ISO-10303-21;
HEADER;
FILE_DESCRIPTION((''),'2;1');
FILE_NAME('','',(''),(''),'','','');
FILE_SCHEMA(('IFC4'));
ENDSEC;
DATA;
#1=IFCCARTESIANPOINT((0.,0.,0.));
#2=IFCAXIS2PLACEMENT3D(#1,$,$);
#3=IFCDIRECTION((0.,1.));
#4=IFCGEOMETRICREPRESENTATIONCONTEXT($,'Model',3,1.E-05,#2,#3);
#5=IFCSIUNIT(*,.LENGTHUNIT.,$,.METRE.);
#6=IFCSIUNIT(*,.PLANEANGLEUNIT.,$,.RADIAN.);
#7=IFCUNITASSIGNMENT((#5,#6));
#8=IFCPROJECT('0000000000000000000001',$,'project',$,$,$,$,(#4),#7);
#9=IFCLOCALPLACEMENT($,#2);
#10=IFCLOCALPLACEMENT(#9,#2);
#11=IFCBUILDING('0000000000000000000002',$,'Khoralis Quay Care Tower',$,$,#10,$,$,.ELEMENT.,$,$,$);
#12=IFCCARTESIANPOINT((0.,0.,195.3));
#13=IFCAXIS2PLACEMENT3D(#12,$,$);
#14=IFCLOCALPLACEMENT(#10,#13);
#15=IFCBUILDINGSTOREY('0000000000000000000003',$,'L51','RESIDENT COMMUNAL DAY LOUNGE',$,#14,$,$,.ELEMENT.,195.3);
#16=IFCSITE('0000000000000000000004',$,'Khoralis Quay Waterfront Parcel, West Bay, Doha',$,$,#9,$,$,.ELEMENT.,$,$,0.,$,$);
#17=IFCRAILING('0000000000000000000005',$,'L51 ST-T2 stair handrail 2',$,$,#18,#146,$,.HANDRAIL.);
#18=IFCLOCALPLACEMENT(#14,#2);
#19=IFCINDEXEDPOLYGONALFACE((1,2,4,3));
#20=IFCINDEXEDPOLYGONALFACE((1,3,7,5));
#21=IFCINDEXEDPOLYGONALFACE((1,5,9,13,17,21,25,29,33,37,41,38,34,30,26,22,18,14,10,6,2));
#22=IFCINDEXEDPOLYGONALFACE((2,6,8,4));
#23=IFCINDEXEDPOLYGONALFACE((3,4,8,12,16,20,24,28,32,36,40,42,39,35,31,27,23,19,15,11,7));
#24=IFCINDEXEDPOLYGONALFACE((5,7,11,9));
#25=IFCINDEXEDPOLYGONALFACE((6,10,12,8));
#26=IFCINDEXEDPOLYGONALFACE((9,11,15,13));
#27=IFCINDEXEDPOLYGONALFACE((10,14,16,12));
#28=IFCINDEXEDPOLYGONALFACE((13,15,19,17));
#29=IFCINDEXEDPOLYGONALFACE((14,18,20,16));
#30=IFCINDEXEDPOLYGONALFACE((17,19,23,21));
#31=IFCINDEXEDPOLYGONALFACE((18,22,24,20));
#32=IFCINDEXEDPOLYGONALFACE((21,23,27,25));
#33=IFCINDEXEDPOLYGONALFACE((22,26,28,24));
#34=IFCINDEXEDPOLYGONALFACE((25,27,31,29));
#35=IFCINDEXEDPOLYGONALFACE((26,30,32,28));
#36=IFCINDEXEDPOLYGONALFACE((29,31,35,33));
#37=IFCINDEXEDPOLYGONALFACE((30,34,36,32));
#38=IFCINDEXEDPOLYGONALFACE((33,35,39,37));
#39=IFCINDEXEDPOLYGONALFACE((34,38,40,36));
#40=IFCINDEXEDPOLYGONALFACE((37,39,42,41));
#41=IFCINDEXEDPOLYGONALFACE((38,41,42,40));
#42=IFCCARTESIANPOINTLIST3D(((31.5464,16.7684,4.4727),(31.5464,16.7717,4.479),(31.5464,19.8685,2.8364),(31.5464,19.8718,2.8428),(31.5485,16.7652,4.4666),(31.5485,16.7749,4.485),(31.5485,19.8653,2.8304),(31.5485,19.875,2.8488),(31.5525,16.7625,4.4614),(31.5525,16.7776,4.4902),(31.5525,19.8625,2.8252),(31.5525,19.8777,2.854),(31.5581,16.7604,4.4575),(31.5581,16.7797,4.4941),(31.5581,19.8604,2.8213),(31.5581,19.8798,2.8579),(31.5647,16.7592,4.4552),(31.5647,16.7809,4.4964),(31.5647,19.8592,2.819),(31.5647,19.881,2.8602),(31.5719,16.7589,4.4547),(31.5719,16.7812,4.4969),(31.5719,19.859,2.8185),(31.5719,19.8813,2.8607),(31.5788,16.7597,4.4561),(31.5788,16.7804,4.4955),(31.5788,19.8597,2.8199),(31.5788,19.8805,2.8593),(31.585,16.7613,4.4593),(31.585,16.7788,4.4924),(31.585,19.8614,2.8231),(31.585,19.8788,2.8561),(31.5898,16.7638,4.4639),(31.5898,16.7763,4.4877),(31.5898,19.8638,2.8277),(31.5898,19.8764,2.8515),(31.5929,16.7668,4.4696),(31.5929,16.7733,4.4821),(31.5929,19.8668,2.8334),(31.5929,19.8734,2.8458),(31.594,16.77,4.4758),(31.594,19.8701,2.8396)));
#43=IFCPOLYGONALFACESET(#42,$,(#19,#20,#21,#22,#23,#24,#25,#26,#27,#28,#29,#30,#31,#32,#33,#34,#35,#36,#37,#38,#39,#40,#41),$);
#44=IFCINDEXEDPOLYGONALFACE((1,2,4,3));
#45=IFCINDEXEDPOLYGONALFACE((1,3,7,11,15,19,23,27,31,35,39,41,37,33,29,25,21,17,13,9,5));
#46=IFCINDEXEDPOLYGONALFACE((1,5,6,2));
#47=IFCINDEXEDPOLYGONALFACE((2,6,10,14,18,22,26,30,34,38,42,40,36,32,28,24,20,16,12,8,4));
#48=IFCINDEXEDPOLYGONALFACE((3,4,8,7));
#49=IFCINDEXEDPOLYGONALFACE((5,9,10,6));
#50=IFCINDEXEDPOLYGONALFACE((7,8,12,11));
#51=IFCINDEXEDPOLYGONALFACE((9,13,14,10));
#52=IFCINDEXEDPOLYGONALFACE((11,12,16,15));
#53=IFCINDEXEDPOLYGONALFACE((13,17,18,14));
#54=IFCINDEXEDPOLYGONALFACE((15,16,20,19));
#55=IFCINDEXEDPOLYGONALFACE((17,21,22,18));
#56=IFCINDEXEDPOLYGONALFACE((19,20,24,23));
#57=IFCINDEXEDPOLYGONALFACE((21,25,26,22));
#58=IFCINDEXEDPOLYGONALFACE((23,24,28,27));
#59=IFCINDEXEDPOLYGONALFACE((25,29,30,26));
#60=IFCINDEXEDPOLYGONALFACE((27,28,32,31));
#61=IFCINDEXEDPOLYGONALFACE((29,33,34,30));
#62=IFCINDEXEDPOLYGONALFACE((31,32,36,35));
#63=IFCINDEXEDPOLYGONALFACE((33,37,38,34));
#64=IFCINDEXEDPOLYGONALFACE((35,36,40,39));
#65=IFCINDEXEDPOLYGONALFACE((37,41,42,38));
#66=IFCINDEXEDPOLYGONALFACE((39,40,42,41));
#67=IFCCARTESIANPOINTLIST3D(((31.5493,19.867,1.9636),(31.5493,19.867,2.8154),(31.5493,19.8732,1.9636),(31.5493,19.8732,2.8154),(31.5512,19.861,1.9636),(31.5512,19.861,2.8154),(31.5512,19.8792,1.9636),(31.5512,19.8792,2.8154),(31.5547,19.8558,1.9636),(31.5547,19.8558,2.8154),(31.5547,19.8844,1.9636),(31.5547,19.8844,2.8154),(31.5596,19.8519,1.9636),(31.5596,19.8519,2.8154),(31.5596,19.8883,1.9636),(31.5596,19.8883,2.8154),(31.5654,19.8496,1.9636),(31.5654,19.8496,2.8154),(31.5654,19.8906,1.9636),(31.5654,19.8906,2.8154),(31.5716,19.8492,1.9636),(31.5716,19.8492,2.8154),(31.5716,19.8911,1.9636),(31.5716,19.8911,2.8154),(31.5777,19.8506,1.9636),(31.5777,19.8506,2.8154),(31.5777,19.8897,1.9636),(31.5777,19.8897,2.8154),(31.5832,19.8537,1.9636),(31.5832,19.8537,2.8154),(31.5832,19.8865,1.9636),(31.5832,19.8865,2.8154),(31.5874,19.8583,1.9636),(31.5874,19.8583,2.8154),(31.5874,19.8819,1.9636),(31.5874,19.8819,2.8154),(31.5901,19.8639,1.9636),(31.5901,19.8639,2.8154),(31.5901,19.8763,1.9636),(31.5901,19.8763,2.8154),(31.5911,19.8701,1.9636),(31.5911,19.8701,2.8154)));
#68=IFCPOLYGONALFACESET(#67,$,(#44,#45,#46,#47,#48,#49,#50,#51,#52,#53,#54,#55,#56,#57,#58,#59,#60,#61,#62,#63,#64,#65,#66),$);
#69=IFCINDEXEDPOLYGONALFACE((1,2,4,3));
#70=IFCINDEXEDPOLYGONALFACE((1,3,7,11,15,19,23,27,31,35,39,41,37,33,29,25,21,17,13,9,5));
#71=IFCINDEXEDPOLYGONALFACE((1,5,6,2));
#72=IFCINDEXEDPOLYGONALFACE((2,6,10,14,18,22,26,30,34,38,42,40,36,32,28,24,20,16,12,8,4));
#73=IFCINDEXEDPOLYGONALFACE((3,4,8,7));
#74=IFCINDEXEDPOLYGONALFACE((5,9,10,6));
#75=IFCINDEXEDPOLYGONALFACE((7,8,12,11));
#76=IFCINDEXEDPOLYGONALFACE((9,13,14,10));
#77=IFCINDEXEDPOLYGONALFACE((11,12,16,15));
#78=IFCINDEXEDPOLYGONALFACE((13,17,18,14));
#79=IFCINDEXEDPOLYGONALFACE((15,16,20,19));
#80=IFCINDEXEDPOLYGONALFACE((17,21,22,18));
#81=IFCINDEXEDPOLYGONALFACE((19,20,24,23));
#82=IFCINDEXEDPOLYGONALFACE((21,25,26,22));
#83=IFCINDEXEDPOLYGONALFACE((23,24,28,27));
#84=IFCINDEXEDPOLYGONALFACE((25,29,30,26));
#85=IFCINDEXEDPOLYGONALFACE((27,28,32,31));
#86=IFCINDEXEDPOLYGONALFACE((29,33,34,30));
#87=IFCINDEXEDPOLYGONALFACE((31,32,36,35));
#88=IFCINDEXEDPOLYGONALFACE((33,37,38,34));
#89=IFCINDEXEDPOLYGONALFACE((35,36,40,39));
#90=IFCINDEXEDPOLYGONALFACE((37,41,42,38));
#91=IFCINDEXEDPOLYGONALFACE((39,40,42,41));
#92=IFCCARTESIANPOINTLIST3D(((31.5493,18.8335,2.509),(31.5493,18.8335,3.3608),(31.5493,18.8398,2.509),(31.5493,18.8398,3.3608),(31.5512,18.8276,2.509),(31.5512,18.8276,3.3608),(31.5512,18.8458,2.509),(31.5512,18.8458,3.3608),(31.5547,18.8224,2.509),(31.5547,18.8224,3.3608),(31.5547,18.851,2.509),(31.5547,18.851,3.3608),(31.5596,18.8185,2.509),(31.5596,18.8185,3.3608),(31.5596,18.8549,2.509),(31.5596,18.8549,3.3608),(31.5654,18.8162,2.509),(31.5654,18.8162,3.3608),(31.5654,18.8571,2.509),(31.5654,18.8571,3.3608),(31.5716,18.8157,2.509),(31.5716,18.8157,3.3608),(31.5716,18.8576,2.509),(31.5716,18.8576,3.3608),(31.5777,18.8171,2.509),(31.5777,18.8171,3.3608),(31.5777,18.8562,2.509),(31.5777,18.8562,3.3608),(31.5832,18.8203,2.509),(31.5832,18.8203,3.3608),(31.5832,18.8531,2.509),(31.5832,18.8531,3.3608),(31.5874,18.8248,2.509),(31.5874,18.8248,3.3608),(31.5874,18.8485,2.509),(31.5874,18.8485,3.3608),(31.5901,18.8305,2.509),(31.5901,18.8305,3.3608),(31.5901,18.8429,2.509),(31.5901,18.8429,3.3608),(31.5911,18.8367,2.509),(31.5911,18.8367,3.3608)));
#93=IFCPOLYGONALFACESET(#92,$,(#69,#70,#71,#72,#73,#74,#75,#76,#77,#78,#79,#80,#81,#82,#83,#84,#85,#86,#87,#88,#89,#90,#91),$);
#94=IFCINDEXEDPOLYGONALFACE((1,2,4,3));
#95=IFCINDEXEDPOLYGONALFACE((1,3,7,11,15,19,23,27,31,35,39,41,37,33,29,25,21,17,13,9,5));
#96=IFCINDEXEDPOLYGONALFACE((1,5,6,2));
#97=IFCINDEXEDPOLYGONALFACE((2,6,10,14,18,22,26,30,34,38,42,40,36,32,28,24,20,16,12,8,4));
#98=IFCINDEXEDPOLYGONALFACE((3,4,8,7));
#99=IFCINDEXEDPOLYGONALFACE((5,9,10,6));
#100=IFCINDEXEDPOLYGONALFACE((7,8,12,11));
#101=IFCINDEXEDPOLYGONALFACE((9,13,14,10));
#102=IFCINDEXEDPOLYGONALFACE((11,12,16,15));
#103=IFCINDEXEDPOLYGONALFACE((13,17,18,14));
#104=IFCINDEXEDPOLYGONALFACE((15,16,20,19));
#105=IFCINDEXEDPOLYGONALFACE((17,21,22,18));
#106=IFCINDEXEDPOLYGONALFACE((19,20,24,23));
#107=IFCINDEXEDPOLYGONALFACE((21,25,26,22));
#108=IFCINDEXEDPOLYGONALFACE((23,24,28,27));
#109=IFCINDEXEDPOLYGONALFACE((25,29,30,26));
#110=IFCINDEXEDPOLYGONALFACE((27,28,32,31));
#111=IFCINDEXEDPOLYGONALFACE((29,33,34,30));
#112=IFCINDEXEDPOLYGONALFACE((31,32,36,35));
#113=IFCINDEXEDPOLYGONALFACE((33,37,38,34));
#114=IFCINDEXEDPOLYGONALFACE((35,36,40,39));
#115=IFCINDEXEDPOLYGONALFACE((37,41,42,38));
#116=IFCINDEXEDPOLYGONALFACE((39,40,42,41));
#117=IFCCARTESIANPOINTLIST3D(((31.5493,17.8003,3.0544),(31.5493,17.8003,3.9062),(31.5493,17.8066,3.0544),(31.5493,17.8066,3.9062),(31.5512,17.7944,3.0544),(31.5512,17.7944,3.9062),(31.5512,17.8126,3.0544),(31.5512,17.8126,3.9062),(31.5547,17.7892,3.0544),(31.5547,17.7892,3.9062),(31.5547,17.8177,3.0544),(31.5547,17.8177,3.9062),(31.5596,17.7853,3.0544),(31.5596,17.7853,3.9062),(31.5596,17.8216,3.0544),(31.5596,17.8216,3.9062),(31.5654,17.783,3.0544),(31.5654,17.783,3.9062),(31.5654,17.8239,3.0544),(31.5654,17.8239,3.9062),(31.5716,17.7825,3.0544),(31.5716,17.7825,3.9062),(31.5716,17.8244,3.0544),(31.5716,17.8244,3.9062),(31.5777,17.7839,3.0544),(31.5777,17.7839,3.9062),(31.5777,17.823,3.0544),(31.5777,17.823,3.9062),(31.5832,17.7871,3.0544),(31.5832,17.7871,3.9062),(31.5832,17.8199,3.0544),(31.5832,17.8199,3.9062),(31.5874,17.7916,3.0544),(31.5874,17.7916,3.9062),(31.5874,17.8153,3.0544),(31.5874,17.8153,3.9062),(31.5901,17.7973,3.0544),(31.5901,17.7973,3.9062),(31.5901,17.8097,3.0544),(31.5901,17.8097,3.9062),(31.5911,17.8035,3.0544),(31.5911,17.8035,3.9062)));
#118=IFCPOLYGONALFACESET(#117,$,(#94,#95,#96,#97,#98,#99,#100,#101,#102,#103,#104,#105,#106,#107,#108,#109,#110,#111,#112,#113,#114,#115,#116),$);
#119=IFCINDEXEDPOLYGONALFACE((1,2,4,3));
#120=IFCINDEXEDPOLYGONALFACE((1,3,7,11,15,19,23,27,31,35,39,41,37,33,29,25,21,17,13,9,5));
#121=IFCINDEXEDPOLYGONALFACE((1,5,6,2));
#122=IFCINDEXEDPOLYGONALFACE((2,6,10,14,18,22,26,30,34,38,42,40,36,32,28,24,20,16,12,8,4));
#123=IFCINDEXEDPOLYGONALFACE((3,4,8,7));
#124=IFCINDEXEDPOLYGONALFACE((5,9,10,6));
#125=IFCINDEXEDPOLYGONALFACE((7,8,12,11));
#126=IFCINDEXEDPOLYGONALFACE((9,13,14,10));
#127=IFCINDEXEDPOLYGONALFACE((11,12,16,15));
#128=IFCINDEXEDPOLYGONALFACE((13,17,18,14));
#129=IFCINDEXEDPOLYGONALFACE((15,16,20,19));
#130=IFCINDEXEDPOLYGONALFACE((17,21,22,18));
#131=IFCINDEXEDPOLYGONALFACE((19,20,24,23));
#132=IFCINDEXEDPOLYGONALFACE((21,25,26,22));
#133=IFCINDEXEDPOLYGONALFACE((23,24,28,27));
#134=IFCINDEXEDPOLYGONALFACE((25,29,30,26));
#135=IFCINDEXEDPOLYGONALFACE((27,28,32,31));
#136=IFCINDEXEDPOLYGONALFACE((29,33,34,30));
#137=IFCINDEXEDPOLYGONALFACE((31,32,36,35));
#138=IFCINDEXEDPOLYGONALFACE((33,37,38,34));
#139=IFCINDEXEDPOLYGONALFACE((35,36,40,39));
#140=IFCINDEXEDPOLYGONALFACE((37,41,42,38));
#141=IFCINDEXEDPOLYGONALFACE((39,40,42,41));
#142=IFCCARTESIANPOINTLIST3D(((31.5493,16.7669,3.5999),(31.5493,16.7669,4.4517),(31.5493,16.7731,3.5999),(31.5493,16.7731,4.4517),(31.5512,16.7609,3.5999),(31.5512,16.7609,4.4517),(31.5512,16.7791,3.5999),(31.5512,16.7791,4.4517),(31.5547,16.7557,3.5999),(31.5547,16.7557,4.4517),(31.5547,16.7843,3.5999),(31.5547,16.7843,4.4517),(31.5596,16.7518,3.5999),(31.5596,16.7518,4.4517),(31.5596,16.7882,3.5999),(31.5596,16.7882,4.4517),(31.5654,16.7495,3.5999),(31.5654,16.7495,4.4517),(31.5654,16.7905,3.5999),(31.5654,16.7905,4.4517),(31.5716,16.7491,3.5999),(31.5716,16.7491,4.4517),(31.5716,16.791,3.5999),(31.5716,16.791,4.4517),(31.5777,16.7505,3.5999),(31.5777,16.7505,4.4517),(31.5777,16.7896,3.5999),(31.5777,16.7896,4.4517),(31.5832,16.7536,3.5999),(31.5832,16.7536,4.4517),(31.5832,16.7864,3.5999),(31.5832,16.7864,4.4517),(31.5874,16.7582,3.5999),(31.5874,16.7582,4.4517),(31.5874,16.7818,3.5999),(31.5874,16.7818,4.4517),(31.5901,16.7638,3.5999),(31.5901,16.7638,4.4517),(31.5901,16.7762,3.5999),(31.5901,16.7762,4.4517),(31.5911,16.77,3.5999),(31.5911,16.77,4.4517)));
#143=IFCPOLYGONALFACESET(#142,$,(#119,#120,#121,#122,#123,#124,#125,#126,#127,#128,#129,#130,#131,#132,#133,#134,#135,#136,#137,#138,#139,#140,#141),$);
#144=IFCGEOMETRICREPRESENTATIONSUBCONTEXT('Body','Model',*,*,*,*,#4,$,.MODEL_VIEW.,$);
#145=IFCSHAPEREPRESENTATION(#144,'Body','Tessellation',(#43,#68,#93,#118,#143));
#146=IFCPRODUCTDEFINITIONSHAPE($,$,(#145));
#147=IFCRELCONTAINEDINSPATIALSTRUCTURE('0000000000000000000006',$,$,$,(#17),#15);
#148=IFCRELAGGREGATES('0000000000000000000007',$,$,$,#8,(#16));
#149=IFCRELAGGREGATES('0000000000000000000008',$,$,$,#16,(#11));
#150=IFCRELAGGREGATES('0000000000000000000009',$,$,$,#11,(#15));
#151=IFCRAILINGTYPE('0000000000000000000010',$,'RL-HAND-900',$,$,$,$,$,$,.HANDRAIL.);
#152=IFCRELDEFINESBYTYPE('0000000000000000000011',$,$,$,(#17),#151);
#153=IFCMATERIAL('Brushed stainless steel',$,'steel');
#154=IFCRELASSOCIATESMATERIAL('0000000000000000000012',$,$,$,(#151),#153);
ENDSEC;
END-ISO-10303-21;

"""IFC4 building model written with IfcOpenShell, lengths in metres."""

from ifc_helpers import new_model, si_unit, direction, frame, origin, origin_2d, place, context, subcontext, project, spatial, circle, extrude, material, type_object, element, save


model = new_model("IFC4")

# Units and contexts
model_context = context("Model", 3, precision=1e-05, world=origin(), true_north=direction((0.0, 1.0)))
body_context = subcontext(model_context, "Body", "Model", "MODEL_VIEW")
ifc_project = project(units=[si_unit("LENGTHUNIT", "METRE"), si_unit("PLANEANGLEUNIT", "RADIAN")], contexts=[model_context])

# Site, building, storey
site_placement = place(None, origin())
site = spatial("IfcSite", under=ifc_project, at=site_placement, Name="Khoralis Quay Waterfront Parcel, West Bay, Doha", CompositionType="ELEMENT", RefElevation=0.0)
building_placement = place(site_placement, origin())
building = spatial("IfcBuilding", under=site, at=building_placement, Name="Khoralis Quay Care Tower", CompositionType="ELEMENT")
storey_placement = place(building_placement, frame((0.0, 0.0, 195.3)))
storey = spatial("IfcBuildingStorey", under=building, at=storey_placement, Name="L51", Description="RESIDENT COMMUNAL DAY LOUNGE", CompositionType="ELEMENT", Elevation=195.3)

# Shared definitions
ifc_material_1 = material(Name="Brushed stainless steel", Category="steel")

# Railing
railing_type_1 = type_object("IfcRailingType", Name="RL-HAND-900", PredefinedType="HANDRAIL", material=ifc_material_1)
railing_1_placement = place(storey_placement, frame((31.5701, 19.8701, 1.9636)))
element("IfcRailing", 1, at=railing_1_placement, inside=storey, type_object=railing_type_1, Name="L51 ST-T2 stair handrail 2", PredefinedType="HANDRAIL", context=body_context, shape_type="SweptSolid", body=[
    extrude(circle(Radius=0.0239, at=origin_2d()), frame((0.0, 0.0, 0.876), z_axis=(0.0, -0.884377, 0.466774), x_axis=(1.0, 0.0, 0.0)), (0.0, 0.0, 1.0), 3.5054),
    extrude(circle(Radius=0.021, at=origin_2d()), origin(), (0.0, 0.0, 1.0), 0.8518),
    extrude(circle(Radius=0.021, at=origin_2d()), frame((0.0, -1.0334, 0.5454)), (0.0, 0.0, 1.0), 0.8518),
    extrude(circle(Radius=0.021, at=origin_2d()), frame((0.0, -2.0667, 1.0908)), (0.0, 0.0, 1.0), 0.8518),
    extrude(circle(Radius=0.021, at=origin_2d()), frame((0.0, -3.1001, 1.6362)), (0.0, 0.0, 1.0), 0.8518),
])

save(model, "model.ifc")
